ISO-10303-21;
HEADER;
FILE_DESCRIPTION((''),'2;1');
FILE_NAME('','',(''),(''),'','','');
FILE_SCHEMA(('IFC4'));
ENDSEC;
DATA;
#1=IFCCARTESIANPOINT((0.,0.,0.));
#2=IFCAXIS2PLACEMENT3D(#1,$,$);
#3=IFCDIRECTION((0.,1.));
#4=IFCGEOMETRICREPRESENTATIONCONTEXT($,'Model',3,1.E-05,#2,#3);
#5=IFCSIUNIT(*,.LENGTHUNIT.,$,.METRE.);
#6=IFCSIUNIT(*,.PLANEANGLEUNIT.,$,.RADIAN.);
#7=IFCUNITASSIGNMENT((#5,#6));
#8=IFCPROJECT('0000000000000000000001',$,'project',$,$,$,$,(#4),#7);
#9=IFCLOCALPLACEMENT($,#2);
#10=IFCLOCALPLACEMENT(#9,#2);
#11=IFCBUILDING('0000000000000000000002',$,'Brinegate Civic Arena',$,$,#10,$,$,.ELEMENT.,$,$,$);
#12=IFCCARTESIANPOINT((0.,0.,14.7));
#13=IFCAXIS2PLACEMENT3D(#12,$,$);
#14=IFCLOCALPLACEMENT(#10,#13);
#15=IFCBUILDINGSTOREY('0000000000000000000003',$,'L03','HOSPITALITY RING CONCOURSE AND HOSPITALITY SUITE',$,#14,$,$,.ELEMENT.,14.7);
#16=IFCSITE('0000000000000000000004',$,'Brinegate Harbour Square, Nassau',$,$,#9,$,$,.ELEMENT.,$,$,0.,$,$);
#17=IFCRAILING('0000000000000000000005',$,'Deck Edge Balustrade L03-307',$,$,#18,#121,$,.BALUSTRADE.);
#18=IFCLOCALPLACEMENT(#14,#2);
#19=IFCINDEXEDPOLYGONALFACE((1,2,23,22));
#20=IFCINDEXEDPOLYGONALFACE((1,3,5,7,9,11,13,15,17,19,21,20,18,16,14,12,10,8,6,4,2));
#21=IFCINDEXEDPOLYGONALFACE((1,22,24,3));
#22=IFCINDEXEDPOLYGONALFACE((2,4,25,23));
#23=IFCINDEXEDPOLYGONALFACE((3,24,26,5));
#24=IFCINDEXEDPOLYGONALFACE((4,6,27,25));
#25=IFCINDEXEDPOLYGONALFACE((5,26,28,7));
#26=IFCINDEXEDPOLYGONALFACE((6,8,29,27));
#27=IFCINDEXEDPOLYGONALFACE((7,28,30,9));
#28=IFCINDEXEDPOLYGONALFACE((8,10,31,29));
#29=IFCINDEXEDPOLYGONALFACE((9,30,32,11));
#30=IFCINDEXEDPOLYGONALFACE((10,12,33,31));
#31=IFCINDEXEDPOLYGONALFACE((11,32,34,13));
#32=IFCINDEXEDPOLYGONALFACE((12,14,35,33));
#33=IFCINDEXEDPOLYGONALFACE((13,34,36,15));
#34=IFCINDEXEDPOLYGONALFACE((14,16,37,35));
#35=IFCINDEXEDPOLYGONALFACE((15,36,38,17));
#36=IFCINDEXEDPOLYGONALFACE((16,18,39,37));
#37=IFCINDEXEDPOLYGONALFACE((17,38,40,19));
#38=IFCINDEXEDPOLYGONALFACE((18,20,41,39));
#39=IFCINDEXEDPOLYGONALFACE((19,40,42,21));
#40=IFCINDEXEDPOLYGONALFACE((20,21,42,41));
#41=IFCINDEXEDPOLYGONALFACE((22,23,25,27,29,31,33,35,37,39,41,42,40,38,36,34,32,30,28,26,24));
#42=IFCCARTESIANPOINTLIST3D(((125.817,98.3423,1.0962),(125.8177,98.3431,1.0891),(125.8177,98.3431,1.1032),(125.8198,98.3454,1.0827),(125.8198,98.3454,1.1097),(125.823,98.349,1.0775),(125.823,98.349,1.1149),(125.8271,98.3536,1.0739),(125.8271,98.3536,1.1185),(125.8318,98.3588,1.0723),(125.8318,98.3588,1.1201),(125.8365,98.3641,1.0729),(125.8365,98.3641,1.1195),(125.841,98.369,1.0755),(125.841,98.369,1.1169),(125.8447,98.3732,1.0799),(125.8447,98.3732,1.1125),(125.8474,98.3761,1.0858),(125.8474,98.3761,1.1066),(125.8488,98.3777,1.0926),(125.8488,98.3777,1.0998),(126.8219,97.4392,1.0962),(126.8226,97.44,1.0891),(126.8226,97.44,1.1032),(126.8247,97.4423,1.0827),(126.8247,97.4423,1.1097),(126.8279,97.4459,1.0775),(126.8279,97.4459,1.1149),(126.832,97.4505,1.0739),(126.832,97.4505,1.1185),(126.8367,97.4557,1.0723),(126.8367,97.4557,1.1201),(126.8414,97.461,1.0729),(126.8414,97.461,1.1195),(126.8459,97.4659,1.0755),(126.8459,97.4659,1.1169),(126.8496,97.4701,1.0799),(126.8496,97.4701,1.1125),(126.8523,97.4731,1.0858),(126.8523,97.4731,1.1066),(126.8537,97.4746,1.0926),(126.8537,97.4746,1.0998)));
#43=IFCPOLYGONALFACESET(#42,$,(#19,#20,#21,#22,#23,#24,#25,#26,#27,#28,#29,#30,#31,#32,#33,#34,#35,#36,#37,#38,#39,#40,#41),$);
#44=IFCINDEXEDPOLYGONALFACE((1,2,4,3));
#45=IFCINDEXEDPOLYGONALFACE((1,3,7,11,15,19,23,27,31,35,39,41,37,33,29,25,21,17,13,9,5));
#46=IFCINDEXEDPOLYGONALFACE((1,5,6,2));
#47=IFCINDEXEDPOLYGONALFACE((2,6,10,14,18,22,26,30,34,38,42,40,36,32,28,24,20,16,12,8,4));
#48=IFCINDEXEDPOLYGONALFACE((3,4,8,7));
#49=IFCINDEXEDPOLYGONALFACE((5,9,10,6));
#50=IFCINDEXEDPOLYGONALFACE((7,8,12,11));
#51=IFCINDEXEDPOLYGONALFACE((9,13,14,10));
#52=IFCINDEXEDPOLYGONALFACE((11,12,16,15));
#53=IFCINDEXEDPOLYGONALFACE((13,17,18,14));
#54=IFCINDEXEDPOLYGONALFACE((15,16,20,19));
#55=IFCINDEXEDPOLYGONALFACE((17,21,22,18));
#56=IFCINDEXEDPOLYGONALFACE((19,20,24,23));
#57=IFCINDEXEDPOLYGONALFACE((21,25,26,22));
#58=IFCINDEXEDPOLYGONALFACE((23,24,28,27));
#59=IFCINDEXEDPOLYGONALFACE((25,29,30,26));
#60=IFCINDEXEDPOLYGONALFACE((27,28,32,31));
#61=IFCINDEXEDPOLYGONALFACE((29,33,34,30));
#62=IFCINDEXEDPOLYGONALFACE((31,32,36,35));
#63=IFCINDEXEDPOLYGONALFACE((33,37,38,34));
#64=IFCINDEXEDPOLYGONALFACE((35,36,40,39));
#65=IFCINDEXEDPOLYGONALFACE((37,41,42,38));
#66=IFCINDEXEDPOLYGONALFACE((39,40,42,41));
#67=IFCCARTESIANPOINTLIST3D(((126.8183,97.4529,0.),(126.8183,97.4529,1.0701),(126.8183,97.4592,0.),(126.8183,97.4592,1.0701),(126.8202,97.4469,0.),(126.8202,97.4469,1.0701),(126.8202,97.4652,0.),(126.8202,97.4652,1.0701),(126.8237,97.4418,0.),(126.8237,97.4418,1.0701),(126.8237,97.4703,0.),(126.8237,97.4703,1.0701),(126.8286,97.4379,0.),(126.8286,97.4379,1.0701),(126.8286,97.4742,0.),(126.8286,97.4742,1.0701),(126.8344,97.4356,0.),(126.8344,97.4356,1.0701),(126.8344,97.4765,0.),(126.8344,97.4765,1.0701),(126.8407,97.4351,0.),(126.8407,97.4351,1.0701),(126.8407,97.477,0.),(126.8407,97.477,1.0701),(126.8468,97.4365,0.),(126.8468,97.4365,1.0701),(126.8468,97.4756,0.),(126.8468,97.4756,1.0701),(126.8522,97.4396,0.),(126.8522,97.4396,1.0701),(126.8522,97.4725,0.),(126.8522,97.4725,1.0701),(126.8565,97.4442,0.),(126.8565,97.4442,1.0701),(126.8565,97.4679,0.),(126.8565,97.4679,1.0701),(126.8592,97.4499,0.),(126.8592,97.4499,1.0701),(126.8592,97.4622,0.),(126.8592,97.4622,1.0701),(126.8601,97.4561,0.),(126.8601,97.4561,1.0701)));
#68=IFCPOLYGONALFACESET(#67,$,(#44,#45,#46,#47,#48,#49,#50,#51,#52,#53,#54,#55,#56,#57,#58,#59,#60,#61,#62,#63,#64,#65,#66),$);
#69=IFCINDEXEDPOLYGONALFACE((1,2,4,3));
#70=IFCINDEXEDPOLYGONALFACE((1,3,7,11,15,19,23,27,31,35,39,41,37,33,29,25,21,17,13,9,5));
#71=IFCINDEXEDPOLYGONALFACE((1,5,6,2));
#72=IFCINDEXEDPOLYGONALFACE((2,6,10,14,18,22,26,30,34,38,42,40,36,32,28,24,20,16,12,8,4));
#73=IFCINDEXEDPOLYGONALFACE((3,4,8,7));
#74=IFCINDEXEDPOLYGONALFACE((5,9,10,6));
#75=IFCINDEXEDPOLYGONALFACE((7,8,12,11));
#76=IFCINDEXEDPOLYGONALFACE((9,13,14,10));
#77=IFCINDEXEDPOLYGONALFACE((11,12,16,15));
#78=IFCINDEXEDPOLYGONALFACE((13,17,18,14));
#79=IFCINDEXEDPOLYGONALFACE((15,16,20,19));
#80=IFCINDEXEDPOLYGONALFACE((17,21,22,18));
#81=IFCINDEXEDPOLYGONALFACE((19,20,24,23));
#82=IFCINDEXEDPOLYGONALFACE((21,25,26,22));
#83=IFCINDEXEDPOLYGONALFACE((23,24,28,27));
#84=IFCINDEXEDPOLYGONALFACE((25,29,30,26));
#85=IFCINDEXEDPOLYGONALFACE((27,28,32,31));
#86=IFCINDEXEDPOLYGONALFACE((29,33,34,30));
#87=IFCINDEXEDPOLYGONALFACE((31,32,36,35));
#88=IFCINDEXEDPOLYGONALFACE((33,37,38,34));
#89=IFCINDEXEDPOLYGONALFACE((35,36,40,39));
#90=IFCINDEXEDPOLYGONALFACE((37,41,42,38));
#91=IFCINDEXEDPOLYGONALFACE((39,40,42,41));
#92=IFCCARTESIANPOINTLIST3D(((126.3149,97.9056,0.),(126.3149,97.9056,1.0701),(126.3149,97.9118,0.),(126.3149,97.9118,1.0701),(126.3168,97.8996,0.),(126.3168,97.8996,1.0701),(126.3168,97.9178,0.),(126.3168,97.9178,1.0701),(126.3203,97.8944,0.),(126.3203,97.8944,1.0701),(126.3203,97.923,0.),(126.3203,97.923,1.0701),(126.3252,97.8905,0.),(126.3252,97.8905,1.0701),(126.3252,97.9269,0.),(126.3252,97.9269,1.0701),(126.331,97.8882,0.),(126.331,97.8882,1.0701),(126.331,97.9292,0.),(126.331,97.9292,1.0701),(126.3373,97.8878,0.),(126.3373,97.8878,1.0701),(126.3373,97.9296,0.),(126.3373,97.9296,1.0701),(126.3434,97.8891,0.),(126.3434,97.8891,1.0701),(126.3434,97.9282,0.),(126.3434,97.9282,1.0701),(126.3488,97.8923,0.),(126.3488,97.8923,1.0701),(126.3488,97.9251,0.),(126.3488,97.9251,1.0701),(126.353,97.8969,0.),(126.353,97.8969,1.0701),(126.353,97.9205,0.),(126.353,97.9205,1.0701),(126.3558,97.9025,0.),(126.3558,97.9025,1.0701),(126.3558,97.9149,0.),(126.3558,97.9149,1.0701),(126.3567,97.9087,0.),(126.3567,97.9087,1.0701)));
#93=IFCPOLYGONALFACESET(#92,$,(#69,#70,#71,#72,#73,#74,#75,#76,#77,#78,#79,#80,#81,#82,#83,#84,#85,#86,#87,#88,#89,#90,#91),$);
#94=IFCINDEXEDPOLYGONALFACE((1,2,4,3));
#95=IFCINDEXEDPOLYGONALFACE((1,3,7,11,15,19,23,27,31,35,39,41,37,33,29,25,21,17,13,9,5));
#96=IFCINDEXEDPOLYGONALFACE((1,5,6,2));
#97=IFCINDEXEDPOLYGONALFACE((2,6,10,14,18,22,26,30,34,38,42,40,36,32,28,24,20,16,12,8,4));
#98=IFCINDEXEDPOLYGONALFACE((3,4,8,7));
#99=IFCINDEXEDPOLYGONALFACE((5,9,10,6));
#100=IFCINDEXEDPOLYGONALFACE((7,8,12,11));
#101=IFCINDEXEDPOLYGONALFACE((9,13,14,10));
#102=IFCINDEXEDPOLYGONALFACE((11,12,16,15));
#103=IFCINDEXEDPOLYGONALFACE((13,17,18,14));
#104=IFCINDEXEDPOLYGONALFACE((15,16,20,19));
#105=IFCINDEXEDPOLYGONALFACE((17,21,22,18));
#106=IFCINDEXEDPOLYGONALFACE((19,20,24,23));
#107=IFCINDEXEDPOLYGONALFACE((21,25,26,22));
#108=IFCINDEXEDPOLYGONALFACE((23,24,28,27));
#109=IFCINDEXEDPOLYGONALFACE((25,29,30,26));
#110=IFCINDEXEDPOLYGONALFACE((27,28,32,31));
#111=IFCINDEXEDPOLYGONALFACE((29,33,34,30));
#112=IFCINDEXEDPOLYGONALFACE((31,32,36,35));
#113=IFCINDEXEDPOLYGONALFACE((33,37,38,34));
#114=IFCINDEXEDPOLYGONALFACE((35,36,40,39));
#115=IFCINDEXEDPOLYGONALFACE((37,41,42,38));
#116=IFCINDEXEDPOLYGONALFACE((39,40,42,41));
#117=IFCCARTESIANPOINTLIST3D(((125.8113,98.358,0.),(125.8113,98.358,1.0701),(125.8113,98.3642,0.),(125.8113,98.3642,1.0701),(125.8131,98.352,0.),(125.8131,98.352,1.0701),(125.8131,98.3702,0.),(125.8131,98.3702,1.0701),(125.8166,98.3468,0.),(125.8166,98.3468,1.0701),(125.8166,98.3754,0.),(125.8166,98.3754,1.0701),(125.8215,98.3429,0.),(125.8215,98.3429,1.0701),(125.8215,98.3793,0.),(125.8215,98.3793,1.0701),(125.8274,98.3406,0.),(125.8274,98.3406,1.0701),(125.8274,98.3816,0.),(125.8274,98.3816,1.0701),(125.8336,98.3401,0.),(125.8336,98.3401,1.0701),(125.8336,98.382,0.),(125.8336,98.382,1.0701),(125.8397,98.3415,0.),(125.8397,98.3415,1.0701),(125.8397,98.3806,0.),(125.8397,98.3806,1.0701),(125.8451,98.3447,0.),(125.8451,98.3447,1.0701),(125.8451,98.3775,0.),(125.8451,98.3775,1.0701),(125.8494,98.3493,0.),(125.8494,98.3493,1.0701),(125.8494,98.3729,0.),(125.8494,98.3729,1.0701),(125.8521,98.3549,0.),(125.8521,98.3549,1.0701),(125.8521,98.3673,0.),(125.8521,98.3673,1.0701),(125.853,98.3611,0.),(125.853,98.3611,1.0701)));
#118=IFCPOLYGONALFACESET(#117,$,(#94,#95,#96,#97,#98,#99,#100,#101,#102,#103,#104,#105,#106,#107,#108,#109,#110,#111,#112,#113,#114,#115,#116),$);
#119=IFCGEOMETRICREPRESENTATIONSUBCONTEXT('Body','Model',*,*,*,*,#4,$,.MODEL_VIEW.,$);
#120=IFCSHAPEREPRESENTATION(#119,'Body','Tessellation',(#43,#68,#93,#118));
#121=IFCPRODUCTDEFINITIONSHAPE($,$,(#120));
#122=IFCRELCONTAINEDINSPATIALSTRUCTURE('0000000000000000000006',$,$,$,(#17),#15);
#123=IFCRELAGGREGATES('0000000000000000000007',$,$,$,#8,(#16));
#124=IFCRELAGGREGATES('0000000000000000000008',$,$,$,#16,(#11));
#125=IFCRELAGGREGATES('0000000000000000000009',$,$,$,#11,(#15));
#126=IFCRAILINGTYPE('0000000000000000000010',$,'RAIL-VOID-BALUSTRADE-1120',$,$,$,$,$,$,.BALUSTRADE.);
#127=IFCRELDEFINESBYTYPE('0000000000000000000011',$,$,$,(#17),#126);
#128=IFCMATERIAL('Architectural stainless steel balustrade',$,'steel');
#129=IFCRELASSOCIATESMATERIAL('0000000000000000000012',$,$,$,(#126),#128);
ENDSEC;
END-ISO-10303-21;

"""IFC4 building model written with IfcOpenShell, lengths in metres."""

from ifc_helpers import new_model, si_unit, direction, frame, origin, origin_2d, place, context, subcontext, project, spatial, circle, extrude, material, type_object, element, save


model = new_model("IFC4")

# Units and contexts
model_context = context("Model", 3, precision=1e-05, world=origin(), true_north=direction((0.0, 1.0)))
body_context = subcontext(model_context, "Body", "Model", "MODEL_VIEW")
ifc_project = project(units=[si_unit("LENGTHUNIT", "METRE"), si_unit("PLANEANGLEUNIT", "RADIAN")], contexts=[model_context])

# Site, building, storey
site_placement = place(None, origin())
site = spatial("IfcSite", under=ifc_project, at=site_placement, Name="Brinegate Harbour Square, Nassau", CompositionType="ELEMENT", RefElevation=0.0)
building_placement = place(site_placement, origin())
building = spatial("IfcBuilding", under=site, at=building_placement, Name="Brinegate Civic Arena", CompositionType="ELEMENT")
storey_placement = place(building_placement, frame((0.0, 0.0, 14.7)))
storey = spatial("IfcBuildingStorey", under=building, at=storey_placement, Name="L03", Description="HOSPITALITY RING CONCOURSE AND HOSPITALITY SUITE", CompositionType="ELEMENT", Elevation=14.7)

# Railing
ifc_material_1 = material(Name="Architectural stainless steel balustrade", Category="steel")
railing_type_1 = type_object("IfcRailingType", Name="RAIL-VOID-BALUSTRADE-1120", PredefinedType="BALUSTRADE", material=ifc_material_1)
railing_1_placement = place(storey_placement, frame((126.8391, 97.4561, 0.0)))
element("IfcRailing", 1, at=railing_1_placement, inside=storey, type_object=railing_type_1, Name="Deck Edge Balustrade L03-307", PredefinedType="BALUSTRADE", context=body_context, shape_type="SweptSolid", body=[
    extrude(circle(Radius=0.0239, at=origin_2d()), frame((-0.0012, 0.001, 1.0962), z_axis=(-0.743787, 0.668417, 0.0), x_axis=(-0.668417, -0.743787, 0.0)), (0.0, 0.0, 1.0), 1.3511),
    extrude(circle(Radius=0.021, at=origin_2d()), origin(), (0.0, 0.0, 1.0), 1.0701),
    extrude(circle(Radius=0.021, at=origin_2d()), frame((-0.5034, 0.4526, 0.0)), (0.0, 0.0, 1.0), 1.0701),
    extrude(circle(Radius=0.021, at=origin_2d()), frame((-1.0071, 0.905, 0.0)), (0.0, 0.0, 1.0), 1.0701),
])

save(model, "model.ifc")
